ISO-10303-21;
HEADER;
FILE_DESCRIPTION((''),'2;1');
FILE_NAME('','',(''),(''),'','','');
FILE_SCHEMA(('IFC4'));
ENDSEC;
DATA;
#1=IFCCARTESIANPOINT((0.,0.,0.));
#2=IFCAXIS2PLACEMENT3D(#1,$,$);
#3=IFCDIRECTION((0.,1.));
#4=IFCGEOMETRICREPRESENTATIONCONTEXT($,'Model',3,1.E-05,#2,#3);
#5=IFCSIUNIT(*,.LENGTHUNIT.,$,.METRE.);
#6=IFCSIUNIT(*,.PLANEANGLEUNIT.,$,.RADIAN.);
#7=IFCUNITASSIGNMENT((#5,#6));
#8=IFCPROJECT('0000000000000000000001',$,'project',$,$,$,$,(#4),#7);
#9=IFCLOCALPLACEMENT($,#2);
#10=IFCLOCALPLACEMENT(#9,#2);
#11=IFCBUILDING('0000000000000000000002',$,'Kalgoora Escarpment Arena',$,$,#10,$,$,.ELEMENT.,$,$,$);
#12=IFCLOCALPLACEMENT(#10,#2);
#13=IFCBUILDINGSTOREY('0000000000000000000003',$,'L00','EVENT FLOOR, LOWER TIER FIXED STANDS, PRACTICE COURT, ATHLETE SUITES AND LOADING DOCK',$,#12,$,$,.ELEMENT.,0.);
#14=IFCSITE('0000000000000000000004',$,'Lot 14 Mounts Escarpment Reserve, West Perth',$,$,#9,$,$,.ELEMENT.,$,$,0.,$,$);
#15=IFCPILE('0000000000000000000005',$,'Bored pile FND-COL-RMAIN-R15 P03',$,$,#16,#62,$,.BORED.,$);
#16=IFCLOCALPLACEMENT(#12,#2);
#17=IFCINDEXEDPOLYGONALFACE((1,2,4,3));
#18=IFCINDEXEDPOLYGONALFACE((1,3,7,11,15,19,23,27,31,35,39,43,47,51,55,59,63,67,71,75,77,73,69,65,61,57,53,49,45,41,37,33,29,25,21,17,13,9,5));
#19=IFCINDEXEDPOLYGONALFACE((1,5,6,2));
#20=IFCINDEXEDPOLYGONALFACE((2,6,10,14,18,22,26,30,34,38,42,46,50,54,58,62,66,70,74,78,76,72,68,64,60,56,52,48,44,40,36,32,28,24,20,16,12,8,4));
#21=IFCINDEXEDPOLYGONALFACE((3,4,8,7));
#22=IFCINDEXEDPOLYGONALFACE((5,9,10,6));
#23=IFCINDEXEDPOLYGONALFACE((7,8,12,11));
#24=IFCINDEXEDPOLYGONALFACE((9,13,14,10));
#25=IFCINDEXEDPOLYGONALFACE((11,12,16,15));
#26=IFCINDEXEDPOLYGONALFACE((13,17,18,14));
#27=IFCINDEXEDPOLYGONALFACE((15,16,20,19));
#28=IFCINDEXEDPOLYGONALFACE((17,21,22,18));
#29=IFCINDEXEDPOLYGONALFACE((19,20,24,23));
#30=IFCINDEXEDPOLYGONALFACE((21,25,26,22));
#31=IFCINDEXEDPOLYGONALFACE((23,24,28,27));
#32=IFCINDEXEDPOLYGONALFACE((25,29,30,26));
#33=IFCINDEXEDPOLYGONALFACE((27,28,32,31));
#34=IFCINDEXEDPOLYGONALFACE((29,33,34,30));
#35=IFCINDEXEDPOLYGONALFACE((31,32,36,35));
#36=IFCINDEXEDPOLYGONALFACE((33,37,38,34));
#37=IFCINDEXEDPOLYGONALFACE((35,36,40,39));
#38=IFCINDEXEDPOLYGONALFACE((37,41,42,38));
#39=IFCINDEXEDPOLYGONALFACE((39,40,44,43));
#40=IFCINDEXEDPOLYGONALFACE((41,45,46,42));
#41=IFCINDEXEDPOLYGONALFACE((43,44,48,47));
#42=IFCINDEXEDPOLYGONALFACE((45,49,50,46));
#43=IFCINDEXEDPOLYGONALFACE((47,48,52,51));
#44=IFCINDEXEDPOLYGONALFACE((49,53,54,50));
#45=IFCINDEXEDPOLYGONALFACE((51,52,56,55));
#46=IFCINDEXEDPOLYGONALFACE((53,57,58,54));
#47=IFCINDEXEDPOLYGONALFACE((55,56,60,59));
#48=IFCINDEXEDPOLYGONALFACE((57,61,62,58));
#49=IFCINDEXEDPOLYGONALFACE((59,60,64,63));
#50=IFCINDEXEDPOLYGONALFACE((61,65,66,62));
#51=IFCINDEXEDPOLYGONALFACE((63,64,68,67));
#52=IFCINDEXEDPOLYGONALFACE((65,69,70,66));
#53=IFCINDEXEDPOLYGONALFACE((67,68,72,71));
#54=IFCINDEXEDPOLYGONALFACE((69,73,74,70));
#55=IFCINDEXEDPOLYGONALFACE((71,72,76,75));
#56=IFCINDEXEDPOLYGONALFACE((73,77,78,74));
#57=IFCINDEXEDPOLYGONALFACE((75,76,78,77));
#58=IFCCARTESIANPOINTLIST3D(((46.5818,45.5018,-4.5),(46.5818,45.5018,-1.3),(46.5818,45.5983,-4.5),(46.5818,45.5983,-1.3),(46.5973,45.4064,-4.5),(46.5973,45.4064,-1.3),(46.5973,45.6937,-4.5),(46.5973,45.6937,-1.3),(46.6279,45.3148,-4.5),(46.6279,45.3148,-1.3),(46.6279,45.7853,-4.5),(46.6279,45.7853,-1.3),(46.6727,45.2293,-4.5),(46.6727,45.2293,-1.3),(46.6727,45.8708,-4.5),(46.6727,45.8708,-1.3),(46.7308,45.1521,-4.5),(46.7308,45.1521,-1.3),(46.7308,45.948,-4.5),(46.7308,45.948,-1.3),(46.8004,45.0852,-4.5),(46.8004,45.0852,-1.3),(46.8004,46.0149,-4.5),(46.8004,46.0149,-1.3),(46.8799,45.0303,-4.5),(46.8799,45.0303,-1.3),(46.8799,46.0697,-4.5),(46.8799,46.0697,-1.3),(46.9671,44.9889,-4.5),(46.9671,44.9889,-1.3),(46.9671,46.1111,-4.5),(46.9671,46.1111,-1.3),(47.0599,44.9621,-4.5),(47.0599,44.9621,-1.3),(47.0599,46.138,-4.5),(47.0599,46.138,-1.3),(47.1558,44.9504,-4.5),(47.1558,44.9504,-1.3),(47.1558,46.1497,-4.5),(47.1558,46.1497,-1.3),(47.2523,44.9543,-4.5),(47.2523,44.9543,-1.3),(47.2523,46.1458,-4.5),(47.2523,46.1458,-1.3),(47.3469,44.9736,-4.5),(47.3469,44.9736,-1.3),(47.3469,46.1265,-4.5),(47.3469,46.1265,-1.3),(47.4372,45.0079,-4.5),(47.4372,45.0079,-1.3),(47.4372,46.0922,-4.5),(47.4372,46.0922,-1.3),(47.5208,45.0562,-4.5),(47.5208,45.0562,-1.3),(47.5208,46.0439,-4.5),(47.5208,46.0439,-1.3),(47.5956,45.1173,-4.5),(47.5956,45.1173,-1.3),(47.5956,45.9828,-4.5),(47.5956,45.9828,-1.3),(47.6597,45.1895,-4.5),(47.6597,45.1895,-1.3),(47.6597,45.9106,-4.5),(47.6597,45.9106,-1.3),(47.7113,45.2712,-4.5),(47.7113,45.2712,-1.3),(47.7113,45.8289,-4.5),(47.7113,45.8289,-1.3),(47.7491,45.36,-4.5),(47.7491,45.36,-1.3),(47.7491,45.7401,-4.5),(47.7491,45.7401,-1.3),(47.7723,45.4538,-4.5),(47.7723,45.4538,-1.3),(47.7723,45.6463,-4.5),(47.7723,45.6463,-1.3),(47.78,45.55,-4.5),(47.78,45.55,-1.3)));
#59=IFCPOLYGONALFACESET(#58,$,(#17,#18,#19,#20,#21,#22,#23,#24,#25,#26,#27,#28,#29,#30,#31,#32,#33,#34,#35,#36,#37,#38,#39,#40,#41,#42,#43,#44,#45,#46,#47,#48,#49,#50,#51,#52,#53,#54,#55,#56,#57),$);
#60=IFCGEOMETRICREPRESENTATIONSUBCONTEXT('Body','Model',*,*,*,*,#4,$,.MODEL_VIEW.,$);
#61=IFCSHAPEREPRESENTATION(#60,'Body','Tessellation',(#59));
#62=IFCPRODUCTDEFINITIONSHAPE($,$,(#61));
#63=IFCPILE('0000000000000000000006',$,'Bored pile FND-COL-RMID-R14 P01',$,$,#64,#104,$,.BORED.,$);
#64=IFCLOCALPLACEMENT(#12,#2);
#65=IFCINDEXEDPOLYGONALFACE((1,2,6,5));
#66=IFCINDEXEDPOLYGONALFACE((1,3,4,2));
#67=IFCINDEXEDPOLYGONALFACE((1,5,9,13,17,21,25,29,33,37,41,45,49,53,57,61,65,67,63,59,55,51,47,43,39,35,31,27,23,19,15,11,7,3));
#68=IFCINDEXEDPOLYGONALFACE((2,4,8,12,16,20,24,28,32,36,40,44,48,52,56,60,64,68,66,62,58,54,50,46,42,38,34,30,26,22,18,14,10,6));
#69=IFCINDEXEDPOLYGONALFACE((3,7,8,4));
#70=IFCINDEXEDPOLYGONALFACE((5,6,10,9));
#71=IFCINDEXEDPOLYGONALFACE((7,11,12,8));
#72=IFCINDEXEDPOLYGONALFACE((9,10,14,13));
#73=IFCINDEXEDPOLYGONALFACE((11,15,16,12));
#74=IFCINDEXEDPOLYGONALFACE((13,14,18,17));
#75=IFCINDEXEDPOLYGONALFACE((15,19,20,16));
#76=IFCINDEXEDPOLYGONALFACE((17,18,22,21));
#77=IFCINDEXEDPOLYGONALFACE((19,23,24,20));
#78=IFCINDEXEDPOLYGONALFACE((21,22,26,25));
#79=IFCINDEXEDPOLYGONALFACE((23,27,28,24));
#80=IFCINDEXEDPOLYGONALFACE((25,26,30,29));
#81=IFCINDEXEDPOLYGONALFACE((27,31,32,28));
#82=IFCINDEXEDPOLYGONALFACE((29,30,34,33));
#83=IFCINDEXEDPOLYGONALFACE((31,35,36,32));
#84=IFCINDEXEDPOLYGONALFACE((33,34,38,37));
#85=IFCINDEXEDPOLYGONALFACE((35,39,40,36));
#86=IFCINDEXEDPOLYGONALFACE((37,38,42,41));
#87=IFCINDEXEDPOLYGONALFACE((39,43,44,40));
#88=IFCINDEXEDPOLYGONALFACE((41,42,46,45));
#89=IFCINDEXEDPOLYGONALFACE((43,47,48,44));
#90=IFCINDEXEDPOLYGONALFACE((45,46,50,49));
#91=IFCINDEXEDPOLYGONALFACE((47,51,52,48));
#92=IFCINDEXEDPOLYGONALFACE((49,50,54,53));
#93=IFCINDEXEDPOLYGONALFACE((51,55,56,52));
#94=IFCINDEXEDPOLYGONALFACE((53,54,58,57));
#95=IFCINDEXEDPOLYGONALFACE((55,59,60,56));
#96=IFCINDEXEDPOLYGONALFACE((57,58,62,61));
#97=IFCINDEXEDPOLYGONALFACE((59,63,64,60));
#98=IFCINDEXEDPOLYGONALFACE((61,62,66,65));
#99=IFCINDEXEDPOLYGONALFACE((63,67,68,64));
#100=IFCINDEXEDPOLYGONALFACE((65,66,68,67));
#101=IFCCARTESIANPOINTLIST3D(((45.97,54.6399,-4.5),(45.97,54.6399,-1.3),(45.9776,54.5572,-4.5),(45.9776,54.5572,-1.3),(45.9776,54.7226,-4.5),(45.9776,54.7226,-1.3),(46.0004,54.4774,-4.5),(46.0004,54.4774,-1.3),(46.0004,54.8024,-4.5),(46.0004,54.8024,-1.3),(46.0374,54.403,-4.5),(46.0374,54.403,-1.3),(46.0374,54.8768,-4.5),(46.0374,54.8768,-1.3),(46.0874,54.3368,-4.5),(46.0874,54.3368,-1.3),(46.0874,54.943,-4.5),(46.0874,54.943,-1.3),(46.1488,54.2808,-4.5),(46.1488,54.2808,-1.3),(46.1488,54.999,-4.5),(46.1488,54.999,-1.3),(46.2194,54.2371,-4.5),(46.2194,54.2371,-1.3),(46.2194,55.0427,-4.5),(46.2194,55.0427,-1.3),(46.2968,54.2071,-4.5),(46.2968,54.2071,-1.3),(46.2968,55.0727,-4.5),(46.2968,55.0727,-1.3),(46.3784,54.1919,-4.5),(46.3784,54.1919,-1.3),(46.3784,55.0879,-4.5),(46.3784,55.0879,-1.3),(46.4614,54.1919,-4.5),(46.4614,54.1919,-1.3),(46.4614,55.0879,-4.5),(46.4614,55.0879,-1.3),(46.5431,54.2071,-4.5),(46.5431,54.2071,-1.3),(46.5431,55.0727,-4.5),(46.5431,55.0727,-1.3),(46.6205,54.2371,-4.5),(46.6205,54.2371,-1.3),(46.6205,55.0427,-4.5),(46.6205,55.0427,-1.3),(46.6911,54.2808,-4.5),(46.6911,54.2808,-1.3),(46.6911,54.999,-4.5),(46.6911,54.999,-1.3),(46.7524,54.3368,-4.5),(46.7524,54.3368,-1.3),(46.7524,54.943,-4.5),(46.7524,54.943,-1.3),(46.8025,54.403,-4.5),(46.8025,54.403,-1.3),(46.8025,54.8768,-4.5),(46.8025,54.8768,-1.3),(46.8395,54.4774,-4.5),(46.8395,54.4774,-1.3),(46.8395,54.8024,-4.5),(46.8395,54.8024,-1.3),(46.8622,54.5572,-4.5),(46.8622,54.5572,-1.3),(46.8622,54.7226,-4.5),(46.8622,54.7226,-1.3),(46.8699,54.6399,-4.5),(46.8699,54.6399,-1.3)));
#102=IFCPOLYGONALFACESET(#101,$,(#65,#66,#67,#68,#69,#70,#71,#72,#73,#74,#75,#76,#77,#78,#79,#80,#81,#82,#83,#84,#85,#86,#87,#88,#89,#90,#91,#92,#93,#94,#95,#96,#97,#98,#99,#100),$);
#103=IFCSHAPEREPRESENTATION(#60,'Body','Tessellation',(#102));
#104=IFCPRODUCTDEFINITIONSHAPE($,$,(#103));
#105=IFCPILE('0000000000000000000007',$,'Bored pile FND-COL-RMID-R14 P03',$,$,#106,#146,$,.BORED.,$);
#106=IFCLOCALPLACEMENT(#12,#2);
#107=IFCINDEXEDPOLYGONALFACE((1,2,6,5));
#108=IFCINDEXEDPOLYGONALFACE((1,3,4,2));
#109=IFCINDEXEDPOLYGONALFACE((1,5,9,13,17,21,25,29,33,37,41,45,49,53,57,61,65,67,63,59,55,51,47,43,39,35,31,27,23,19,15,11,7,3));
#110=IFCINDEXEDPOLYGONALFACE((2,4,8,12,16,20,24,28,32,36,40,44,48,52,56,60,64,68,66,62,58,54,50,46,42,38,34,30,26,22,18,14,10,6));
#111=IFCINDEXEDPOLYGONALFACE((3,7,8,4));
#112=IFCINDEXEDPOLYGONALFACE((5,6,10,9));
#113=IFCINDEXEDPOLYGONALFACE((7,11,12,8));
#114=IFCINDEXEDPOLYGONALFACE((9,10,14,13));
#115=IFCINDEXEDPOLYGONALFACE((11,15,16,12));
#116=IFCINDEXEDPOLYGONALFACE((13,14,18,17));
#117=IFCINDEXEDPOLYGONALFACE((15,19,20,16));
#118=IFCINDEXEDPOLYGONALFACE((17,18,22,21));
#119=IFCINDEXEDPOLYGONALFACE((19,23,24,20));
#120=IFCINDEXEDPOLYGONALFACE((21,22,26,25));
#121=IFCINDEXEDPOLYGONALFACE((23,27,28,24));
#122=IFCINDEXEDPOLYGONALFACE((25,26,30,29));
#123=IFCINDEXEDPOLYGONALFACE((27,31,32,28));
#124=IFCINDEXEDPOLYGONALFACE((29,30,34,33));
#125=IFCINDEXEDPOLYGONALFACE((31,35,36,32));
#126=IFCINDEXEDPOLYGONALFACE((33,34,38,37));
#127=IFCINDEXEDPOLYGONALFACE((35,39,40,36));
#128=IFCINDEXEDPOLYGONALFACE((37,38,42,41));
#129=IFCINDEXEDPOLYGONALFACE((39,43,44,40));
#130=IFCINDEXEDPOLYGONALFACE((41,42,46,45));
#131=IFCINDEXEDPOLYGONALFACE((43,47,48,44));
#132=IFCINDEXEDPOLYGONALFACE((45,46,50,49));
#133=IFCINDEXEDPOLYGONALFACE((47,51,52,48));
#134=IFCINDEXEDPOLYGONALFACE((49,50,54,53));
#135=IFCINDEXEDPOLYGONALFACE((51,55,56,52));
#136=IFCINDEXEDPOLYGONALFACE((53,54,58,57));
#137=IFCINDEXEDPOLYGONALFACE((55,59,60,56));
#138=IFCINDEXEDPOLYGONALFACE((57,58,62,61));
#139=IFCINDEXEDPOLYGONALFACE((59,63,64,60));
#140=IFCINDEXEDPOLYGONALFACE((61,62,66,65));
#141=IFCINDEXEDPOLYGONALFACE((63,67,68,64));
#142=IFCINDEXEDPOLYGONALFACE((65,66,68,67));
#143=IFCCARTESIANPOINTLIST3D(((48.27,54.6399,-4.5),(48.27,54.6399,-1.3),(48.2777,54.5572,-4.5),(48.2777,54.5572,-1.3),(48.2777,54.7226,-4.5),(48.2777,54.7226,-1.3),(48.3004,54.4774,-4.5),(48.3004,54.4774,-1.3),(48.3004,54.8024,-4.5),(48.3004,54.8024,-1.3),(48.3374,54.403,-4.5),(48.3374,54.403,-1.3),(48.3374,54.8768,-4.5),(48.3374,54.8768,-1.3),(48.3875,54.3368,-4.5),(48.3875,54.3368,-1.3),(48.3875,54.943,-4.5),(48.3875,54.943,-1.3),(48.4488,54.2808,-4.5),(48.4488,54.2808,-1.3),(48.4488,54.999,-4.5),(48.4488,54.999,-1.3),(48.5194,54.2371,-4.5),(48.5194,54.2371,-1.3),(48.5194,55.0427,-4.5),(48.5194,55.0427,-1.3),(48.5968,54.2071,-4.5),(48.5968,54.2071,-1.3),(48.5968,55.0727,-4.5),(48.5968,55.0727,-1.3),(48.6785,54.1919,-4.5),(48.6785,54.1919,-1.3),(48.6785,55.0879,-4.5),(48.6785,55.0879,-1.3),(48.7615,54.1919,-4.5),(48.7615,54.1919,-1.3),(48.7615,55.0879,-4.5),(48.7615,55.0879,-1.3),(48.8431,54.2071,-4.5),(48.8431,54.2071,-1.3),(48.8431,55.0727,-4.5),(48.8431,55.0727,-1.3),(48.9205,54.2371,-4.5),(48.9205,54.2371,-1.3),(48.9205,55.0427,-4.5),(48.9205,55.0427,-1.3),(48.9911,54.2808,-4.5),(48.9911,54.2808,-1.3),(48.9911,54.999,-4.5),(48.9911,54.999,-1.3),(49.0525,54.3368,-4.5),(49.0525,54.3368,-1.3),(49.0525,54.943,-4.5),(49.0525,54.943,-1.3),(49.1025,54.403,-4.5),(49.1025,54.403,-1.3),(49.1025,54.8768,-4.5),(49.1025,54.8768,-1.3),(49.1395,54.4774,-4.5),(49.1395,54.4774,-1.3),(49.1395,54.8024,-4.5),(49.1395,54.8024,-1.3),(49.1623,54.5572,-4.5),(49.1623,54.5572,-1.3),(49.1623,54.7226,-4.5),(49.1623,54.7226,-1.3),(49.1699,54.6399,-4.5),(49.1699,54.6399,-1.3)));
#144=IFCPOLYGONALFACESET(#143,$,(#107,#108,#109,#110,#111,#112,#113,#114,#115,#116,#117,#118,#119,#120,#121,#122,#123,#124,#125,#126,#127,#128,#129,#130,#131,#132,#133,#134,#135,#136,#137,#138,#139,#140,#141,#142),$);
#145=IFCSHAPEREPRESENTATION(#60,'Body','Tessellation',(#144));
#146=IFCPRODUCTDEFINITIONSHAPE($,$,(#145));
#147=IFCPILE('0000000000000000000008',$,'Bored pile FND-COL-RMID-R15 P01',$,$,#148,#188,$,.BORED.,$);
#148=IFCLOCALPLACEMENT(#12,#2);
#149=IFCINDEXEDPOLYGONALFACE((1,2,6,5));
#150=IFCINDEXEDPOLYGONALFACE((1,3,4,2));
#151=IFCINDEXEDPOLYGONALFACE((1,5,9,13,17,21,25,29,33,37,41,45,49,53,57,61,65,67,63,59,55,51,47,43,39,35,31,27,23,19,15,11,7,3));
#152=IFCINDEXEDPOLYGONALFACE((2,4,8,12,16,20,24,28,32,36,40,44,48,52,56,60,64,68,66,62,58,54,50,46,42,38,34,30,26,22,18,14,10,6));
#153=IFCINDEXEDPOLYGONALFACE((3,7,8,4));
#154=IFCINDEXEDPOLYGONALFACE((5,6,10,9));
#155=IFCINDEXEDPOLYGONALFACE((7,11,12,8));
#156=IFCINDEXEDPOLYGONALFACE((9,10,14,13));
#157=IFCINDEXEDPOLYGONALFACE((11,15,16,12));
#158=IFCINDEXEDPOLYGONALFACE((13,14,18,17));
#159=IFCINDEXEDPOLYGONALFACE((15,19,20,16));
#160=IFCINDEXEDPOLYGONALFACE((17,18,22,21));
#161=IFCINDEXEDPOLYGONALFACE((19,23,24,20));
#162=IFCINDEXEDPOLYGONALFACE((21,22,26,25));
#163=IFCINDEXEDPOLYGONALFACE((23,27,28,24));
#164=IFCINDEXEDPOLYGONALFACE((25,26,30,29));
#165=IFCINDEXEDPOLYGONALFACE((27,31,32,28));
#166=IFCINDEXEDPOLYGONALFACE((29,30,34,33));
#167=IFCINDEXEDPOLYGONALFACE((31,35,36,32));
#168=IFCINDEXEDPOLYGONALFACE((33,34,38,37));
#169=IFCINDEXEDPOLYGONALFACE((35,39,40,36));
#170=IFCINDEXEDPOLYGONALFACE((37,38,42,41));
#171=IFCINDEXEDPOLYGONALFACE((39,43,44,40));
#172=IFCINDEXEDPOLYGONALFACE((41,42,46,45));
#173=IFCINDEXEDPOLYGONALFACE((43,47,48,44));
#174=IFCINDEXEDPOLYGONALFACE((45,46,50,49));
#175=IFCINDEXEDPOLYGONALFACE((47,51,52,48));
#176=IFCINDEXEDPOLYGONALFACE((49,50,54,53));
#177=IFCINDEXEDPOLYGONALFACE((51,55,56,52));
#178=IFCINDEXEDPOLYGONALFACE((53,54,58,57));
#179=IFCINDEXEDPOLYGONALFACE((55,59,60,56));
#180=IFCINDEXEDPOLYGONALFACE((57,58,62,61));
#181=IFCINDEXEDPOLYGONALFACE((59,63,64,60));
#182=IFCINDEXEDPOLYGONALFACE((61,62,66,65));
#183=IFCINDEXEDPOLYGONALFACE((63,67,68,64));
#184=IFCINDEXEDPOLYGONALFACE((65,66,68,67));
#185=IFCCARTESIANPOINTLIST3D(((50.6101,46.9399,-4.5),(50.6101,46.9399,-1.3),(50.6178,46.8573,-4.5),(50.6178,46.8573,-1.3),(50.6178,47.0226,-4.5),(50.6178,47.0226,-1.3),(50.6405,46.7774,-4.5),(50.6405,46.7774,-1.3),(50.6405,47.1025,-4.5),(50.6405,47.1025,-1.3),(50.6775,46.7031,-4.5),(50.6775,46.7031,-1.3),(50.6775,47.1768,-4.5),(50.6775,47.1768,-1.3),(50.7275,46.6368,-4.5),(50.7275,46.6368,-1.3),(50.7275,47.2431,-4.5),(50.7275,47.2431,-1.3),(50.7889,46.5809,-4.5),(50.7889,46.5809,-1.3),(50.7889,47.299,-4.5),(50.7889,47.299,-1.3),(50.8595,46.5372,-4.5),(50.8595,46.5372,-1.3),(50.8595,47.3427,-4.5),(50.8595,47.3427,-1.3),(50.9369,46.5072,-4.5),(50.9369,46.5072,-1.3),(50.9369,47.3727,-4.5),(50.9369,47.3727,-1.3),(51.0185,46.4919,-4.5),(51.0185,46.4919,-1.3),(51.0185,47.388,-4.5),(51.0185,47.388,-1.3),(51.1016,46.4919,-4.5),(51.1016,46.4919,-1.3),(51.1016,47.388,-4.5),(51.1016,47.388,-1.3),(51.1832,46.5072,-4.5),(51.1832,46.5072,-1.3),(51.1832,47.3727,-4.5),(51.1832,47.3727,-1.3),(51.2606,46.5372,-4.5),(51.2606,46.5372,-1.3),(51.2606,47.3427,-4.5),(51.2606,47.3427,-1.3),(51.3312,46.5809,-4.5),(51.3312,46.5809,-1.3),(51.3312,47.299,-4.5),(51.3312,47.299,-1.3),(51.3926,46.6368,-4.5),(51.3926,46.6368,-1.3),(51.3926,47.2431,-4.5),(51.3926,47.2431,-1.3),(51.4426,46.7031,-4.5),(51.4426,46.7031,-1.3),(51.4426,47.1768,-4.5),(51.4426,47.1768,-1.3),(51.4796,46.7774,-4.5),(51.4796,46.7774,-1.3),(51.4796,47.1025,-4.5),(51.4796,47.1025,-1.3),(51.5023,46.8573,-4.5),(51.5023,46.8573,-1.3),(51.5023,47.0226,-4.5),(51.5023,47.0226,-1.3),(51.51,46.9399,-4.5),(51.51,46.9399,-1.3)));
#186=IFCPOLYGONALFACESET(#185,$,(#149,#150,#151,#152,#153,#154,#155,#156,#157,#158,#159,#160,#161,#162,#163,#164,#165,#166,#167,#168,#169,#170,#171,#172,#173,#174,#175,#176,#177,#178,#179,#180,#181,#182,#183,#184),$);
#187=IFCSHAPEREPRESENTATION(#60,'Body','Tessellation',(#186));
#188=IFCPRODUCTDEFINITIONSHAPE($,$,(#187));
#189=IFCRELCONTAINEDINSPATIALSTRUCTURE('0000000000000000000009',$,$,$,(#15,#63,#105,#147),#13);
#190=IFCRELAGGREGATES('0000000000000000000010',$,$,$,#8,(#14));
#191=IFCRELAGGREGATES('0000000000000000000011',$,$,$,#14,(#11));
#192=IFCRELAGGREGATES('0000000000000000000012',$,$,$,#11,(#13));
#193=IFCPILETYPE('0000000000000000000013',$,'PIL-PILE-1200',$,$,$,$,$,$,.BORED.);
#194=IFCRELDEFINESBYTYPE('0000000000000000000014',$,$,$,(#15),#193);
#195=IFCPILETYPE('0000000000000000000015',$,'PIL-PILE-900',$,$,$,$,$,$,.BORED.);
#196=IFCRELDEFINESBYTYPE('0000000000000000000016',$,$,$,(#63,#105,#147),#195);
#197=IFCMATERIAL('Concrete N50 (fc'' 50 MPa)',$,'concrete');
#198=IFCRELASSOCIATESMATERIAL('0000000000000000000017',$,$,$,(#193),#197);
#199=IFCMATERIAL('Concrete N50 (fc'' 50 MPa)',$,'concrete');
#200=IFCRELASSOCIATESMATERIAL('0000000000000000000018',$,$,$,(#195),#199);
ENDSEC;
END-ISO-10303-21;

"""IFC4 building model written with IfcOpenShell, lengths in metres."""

from ifc_helpers import new_model, si_unit, direction, frame, origin, origin_2d, place, context, subcontext, project, spatial, circle, extrude, material, material_profile, profile_set, type_object, element, save


model = new_model("IFC4")

# Units and contexts
model_context = context("Model", 3, precision=1e-05, world=origin(), true_north=direction((0.0, 1.0)))
body_context = subcontext(model_context, "Body", "Model", "MODEL_VIEW")
ifc_project = project(units=[si_unit("LENGTHUNIT", "METRE"), si_unit("PLANEANGLEUNIT", "RADIAN")], contexts=[model_context])

# Site, building, storey
site_placement = place(None, origin())
site = spatial("IfcSite", under=ifc_project, at=site_placement, Name="Lot 14 Mounts Escarpment Reserve, West Perth", CompositionType="ELEMENT", RefElevation=0.0)
building_placement = place(site_placement, origin())
building = spatial("IfcBuilding", under=site, at=building_placement, Name="Kalgoora Escarpment Arena", CompositionType="ELEMENT")
storey_placement = place(building_placement, origin())
storey = spatial("IfcBuildingStorey", under=building, at=storey_placement, Name="L00", Description="EVENT FLOOR, LOWER TIER FIXED STANDS, PRACTICE COURT, ATHLETE SUITES AND LOADING DOCK", CompositionType="ELEMENT", Elevation=0.0)

# Piles
ifc_material_1 = material(Name="Concrete N50 (fc' 50 MPa)", Category="concrete")
ifc_material_profile_1 = material_profile(ifc_material_1, circle(Radius=0.6001, at=origin_2d()))
ifc_profile_set_1 = profile_set([ifc_material_profile_1], Name="Concrete N50 (fc' 50 MPa)")
pile_type_1 = type_object("IfcPileType", Name="PIL-PILE-1200", PredefinedType="BORED", material=ifc_profile_set_1)
for number, where, z_axis, x_axis, name in (
    (1, (47.1799, 45.55, -1.3), (0.0, 0.0, -1.0), (1.0, 0.0, 0.0), "Bored pile FND-COL-RMAIN-R15 P03"),
):
    element("IfcPile", number, at=place(storey_placement, frame(where, z_axis=z_axis, x_axis=x_axis)), inside=storey, type_object=pile_type_1, Name=name, PredefinedType="BORED", context=body_context, shape_type="SweptSolid", body=[
        extrude(circle(Radius=0.6001, at=origin_2d()), origin(), (0.0, 0.0, 1.0), 3.2),
    ])
ifc_material_2 = material(Name="Concrete N50 (fc' 50 MPa)", Category="concrete")
ifc_material_profile_2 = material_profile(ifc_material_2, circle(Radius=0.45, at=origin_2d()))
ifc_profile_set_2 = profile_set([ifc_material_profile_2], Name="Concrete N50 (fc' 50 MPa)")
pile_type_2 = type_object("IfcPileType", Name="PIL-PILE-900", PredefinedType="BORED", material=ifc_profile_set_2)
for number, where, z_axis, x_axis, name in (
    (2, (46.4199, 54.6399, -1.3), (0.0, 0.0, -1.0), (1.0, 0.0, 0.0), "Bored pile FND-COL-RMID-R14 P01"),
    (3, (48.72, 54.6399, -1.3), (0.0, 0.0, -1.0), (1.0, 0.0, 0.0), "Bored pile FND-COL-RMID-R14 P03"),
    (4, (51.0601, 46.9399, -1.3), (0.0, 0.0, -1.0), (1.0, 0.0, 0.0), "Bored pile FND-COL-RMID-R15 P01"),
):
    element("IfcPile", number, at=place(storey_placement, frame(where, z_axis=z_axis, x_axis=x_axis)), inside=storey, type_object=pile_type_2, Name=name, PredefinedType="BORED", context=body_context, shape_type="SweptSolid", body=[
        extrude(circle(Radius=0.45, at=origin_2d()), origin(), (0.0, 0.0, 1.0), 3.2),
    ])

save(model, "model.ifc")
